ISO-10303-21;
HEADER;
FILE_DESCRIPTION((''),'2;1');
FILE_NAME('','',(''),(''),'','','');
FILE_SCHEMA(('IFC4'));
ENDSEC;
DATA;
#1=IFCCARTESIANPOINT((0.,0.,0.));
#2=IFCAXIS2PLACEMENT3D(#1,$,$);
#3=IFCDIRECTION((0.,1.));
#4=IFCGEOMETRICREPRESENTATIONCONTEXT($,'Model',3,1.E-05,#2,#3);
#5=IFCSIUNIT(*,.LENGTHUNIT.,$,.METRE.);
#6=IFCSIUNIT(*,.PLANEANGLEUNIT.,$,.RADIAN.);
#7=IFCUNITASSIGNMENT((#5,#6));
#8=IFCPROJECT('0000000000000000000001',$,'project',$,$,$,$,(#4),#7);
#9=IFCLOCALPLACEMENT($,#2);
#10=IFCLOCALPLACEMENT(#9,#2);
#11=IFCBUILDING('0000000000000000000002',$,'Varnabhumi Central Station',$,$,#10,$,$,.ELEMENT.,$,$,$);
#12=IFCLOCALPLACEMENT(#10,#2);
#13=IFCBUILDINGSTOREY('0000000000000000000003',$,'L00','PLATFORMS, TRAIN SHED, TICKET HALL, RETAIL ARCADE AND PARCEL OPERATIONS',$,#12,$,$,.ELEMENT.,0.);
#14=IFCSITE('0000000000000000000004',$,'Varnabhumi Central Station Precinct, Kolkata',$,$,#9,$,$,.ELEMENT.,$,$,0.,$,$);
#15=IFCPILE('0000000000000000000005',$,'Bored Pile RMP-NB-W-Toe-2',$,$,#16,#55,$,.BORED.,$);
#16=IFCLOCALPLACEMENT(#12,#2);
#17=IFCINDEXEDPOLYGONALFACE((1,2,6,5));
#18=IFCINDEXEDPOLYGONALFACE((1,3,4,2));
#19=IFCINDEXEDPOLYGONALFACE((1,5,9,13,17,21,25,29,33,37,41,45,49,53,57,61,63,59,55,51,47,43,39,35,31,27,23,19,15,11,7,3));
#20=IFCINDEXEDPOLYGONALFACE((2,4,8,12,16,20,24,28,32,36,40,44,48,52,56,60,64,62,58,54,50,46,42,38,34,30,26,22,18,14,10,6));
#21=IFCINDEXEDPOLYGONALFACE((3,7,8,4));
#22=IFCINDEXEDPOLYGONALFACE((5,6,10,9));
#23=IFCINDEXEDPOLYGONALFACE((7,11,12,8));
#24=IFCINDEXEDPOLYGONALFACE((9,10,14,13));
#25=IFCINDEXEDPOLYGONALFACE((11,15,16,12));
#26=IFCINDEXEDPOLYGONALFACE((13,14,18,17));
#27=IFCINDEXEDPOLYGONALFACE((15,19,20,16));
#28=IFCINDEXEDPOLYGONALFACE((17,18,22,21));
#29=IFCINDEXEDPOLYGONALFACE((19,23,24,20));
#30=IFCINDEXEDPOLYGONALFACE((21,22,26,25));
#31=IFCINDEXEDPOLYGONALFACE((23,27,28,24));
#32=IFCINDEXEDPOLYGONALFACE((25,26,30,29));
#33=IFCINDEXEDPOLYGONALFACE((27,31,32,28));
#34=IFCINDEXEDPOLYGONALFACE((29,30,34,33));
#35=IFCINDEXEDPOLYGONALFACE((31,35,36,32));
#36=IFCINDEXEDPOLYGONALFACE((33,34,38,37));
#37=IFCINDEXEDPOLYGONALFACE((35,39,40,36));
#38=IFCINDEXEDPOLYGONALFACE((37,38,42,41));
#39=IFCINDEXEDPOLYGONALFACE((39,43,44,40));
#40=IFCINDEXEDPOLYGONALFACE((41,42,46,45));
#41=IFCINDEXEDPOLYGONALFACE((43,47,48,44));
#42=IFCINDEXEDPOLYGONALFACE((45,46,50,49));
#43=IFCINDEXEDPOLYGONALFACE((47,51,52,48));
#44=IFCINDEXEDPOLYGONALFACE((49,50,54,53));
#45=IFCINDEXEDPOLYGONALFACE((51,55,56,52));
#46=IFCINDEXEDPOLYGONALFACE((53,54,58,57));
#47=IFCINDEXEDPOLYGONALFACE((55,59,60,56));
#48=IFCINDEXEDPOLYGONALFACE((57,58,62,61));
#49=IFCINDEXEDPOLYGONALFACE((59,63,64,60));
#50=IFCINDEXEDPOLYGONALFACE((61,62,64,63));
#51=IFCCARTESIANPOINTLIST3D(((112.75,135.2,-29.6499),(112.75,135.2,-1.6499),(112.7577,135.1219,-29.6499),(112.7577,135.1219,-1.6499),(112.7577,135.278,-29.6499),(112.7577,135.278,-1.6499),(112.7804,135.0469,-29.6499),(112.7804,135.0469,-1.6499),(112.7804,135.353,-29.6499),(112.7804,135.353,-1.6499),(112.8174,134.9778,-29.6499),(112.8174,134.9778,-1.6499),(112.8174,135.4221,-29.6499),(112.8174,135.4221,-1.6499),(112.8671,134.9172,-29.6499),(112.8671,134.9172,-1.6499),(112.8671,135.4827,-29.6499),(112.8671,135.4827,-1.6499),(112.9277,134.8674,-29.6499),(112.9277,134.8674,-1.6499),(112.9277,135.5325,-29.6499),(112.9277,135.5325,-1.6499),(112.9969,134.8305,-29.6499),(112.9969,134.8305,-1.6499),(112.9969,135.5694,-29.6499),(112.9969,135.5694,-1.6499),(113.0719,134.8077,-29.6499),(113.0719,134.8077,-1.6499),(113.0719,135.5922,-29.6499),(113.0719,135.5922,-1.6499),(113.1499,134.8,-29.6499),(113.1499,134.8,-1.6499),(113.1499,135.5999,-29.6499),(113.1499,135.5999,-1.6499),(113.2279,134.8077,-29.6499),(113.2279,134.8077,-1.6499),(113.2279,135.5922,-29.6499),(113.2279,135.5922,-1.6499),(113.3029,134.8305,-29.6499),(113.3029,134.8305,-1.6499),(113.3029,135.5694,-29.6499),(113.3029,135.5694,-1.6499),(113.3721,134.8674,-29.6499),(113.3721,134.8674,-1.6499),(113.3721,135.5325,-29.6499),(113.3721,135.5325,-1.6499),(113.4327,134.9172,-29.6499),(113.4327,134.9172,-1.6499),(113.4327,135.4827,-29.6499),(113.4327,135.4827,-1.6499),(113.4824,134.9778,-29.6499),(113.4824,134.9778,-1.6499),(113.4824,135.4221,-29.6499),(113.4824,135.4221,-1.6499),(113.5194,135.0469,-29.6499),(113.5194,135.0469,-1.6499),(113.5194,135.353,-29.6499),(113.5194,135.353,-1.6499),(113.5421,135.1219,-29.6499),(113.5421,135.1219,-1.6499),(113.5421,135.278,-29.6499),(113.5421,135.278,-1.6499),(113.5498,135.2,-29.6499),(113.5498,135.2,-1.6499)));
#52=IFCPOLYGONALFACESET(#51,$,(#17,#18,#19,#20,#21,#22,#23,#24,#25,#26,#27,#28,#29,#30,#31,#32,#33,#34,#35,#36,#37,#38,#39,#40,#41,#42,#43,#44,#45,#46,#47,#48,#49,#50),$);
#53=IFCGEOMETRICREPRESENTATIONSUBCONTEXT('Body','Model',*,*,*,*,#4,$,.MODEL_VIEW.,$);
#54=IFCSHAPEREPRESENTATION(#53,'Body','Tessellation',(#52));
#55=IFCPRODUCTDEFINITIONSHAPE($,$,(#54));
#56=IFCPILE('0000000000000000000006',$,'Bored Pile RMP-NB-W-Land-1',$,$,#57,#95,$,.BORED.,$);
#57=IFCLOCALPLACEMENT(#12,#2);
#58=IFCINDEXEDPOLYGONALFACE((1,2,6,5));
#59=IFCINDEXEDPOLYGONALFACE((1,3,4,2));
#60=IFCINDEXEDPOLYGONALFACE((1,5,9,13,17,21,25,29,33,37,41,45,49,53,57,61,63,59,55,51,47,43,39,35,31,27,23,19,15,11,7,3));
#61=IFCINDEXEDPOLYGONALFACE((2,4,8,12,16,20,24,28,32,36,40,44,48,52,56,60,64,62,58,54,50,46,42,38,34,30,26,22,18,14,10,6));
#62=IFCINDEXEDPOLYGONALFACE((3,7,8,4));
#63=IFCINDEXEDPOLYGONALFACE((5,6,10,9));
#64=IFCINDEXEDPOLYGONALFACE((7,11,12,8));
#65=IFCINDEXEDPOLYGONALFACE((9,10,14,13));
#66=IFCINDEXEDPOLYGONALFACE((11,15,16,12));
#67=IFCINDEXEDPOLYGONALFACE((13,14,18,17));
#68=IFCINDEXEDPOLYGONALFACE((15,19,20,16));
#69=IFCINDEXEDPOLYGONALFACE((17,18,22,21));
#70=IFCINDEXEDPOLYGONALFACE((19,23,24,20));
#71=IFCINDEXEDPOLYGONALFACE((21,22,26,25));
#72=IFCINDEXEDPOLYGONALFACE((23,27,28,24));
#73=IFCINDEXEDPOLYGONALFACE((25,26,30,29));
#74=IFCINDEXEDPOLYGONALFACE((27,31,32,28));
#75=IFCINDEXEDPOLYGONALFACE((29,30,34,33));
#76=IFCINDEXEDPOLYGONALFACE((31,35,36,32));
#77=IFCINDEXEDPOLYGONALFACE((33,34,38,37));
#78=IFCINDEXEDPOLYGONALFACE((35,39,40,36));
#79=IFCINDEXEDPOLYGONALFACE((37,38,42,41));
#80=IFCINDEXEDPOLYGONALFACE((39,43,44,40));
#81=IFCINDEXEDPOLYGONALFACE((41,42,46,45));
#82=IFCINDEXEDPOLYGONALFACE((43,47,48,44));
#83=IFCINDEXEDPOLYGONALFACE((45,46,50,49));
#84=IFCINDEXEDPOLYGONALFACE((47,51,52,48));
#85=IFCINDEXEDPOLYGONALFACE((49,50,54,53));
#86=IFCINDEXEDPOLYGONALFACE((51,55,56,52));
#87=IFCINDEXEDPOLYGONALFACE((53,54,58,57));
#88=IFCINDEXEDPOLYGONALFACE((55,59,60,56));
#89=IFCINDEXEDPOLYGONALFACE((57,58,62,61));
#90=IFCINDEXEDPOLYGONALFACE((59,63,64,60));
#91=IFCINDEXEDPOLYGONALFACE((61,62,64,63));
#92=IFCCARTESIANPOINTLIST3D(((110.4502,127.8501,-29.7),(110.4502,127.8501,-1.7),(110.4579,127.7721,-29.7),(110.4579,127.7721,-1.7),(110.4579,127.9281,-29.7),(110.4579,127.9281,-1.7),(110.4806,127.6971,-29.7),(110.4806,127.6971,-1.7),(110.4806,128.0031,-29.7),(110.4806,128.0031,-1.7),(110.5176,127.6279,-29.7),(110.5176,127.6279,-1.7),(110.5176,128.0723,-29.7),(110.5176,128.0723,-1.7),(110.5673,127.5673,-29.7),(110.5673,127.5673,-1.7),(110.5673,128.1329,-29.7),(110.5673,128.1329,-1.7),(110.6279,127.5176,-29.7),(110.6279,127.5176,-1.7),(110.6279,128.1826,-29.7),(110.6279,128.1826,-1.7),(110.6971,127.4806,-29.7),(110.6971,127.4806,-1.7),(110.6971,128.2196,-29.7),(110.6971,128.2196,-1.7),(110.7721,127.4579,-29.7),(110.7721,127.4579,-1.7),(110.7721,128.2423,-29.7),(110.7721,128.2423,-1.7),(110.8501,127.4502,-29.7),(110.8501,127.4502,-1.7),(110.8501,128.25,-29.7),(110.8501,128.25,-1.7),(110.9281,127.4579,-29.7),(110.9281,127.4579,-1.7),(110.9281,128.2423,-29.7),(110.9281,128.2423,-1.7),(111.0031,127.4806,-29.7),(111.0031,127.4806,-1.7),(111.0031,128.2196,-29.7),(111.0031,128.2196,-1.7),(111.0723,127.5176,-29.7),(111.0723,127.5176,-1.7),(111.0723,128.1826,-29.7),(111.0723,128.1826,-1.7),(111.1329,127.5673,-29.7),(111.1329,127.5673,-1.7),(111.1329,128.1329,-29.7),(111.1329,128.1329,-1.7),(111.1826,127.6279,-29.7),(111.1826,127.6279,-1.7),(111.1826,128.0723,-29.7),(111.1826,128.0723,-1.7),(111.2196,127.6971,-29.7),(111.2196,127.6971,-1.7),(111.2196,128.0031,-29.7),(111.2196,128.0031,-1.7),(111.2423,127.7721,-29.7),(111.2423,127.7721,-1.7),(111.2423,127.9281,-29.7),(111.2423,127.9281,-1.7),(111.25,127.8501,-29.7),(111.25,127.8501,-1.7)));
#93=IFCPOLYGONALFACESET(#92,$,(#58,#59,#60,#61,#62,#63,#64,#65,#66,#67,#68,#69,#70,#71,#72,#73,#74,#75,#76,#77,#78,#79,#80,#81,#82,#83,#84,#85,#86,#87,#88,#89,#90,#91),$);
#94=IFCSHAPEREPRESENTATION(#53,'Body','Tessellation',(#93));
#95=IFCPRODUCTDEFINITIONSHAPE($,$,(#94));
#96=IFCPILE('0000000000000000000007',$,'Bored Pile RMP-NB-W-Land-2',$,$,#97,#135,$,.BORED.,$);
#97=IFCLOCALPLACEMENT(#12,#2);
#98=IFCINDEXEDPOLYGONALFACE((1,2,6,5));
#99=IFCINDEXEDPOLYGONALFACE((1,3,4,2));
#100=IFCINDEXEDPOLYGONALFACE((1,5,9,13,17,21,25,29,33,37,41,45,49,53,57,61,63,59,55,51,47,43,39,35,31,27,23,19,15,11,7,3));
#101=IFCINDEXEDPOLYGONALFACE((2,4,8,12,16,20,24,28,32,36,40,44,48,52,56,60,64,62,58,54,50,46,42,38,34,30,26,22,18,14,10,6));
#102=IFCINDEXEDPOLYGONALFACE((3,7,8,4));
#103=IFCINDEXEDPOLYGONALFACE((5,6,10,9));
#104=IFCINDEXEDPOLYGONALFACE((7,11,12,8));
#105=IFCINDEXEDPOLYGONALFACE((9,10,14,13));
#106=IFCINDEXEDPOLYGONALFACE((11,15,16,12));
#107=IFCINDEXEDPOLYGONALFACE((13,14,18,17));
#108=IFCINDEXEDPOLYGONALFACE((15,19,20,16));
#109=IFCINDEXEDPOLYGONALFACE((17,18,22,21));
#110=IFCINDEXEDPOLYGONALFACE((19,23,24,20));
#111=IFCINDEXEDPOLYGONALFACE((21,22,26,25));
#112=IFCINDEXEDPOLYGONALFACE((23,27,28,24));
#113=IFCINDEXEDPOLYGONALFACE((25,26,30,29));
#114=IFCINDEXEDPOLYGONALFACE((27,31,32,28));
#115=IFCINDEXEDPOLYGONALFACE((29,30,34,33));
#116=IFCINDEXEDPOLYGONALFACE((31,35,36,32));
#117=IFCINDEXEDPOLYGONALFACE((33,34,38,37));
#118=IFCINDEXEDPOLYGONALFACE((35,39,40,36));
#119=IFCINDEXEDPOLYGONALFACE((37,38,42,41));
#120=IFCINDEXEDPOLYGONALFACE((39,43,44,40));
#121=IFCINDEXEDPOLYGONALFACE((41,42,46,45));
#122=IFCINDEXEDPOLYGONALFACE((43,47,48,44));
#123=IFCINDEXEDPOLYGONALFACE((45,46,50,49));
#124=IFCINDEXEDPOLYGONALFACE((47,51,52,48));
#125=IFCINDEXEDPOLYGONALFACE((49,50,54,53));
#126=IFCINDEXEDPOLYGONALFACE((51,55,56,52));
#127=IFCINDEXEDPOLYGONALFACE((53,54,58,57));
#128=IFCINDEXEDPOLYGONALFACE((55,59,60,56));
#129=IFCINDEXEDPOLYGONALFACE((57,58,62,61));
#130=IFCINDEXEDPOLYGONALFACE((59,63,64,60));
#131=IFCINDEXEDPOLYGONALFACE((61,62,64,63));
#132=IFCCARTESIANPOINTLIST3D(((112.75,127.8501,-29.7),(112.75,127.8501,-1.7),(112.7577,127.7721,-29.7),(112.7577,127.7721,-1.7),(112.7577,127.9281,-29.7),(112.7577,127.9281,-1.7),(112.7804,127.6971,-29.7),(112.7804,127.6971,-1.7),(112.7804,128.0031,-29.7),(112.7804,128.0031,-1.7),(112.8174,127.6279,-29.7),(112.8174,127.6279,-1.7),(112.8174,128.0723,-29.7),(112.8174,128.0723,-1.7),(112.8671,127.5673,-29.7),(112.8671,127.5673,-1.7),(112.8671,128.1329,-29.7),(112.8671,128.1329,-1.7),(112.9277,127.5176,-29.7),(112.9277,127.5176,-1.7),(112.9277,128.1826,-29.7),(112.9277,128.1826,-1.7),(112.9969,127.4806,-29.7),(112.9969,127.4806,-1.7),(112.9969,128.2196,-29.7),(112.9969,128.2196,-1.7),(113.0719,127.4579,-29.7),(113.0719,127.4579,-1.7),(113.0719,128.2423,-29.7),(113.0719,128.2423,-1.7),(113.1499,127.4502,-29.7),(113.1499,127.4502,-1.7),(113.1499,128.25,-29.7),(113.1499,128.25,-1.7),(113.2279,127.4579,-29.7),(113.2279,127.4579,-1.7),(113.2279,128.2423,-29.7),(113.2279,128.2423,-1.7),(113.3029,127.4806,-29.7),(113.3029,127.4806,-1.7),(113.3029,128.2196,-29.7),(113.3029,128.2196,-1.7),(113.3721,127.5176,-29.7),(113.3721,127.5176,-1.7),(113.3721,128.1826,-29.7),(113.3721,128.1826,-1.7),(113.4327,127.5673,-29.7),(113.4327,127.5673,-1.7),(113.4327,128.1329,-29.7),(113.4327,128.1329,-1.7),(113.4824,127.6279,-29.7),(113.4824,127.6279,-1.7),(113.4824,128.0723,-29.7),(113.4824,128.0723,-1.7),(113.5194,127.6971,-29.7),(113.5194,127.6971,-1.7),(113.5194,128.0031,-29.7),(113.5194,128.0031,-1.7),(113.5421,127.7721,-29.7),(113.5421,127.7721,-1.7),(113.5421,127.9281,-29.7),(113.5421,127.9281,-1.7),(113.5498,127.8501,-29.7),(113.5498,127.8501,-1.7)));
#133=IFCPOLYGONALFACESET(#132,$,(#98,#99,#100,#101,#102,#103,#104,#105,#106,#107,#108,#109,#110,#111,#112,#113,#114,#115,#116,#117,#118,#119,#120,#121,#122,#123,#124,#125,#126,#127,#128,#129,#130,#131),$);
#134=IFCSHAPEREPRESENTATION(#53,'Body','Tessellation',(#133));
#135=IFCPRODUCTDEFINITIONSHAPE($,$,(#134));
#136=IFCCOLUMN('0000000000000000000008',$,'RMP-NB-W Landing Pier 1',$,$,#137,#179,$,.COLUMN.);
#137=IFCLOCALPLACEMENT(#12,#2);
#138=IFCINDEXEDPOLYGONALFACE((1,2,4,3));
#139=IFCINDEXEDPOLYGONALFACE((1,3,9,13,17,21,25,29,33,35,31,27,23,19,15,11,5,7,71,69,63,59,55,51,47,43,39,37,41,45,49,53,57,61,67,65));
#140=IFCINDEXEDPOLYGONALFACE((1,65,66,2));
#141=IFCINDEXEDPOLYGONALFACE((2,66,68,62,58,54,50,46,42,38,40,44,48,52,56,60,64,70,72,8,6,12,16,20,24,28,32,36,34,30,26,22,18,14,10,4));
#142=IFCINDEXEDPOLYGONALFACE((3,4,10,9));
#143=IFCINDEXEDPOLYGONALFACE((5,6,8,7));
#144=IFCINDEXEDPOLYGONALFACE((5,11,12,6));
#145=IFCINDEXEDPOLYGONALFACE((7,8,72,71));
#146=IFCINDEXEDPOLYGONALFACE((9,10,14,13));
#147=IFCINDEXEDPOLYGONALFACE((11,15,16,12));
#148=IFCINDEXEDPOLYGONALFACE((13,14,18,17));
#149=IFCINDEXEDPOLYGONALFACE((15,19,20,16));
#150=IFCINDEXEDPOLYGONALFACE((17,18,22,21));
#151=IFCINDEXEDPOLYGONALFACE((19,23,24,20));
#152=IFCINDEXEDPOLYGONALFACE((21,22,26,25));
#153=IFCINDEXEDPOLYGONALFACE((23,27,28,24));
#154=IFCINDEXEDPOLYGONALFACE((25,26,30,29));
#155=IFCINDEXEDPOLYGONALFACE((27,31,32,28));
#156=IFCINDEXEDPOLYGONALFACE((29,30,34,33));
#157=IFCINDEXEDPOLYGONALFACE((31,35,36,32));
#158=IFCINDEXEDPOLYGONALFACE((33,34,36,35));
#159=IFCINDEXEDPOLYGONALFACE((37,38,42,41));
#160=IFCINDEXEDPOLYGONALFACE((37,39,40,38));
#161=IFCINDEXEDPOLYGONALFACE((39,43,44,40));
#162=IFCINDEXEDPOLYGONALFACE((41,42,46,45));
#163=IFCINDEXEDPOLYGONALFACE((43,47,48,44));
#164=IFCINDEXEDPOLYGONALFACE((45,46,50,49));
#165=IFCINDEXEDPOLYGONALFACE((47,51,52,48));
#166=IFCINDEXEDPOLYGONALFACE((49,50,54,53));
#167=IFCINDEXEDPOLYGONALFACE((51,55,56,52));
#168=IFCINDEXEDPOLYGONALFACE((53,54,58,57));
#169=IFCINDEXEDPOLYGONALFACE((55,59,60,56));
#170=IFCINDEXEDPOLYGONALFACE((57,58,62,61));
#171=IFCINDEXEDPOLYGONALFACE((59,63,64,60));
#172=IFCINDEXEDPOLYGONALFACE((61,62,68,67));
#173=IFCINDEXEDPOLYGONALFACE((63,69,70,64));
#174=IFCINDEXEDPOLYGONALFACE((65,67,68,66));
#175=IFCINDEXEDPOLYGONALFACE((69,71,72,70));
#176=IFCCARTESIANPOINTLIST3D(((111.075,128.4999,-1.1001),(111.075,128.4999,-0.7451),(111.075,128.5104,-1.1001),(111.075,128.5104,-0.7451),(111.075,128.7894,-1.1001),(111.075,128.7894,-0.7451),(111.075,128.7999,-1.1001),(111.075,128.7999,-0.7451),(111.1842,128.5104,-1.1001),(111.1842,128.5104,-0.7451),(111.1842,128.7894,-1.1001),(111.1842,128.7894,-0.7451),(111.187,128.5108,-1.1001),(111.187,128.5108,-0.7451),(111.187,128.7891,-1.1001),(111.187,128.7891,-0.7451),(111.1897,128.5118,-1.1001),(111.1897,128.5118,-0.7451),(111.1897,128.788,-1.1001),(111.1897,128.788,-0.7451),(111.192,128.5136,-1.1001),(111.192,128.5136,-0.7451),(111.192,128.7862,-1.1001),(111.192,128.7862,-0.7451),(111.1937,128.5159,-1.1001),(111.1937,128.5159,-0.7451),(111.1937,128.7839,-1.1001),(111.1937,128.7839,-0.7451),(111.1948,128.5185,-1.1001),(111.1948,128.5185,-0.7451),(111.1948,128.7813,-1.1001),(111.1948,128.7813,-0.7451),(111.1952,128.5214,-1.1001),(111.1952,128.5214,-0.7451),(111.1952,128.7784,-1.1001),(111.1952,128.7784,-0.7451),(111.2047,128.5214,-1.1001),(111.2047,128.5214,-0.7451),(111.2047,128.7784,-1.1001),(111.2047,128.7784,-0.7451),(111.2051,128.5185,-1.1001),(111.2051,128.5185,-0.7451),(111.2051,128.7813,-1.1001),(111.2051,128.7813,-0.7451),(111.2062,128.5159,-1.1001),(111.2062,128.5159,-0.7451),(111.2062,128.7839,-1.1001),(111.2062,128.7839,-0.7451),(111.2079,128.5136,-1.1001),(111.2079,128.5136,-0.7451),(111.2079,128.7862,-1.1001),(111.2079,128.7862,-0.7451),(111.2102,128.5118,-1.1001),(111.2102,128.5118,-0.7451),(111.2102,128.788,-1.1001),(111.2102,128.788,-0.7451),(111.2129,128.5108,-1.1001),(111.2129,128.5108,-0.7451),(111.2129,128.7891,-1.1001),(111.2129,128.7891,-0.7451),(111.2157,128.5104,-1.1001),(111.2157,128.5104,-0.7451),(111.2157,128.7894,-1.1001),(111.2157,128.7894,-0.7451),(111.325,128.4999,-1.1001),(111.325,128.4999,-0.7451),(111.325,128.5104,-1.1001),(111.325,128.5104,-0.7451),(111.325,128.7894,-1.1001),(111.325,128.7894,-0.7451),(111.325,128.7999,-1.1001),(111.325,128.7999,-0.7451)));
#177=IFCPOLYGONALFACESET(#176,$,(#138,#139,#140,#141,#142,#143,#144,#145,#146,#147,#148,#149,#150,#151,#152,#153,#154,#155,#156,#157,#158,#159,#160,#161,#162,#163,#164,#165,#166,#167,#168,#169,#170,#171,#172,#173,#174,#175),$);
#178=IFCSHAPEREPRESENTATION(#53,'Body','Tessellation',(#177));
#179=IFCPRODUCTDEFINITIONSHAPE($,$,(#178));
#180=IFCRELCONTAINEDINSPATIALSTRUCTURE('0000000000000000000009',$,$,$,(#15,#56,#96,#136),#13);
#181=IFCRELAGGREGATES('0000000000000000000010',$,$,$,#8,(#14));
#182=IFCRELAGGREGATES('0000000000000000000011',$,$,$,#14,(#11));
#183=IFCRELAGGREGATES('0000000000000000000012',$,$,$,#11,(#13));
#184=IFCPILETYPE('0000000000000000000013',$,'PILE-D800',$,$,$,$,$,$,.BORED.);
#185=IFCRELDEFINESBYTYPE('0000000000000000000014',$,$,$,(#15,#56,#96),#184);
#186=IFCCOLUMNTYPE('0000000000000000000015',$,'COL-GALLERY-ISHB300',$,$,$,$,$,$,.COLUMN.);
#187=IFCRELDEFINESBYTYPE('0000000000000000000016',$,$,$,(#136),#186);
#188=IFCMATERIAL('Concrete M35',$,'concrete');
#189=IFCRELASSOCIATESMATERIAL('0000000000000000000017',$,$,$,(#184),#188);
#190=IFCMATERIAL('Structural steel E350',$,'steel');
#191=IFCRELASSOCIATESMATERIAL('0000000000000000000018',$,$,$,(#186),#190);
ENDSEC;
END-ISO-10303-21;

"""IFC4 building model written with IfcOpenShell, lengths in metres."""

from ifc_helpers import new_model, si_unit, direction, frame, origin, origin_2d, place, context, subcontext, project, spatial, circle, i_section, extrude, material, material_profile, profile_set, type_object, element, save


model = new_model("IFC4")

# Units and contexts
model_context = context("Model", 3, precision=1e-05, world=origin(), true_north=direction((0.0, 1.0)))
body_context = subcontext(model_context, "Body", "Model", "MODEL_VIEW")
ifc_project = project(units=[si_unit("LENGTHUNIT", "METRE"), si_unit("PLANEANGLEUNIT", "RADIAN")], contexts=[model_context])

# Site, building, storey
site_placement = place(None, origin())
site = spatial("IfcSite", under=ifc_project, at=site_placement, Name="Varnabhumi Central Station Precinct, Kolkata", CompositionType="ELEMENT", RefElevation=0.0)
building_placement = place(site_placement, origin())
building = spatial("IfcBuilding", under=site, at=building_placement, Name="Varnabhumi Central Station", CompositionType="ELEMENT")
storey_placement = place(building_placement, origin())
storey = spatial("IfcBuildingStorey", under=building, at=storey_placement, Name="L00", Description="PLATFORMS, TRAIN SHED, TICKET HALL, RETAIL ARCADE AND PARCEL OPERATIONS", CompositionType="ELEMENT", Elevation=0.0)

# Piles
ifc_material_1 = material(Name="Concrete M35", Category="concrete")
ifc_material_profile_1 = material_profile(ifc_material_1, circle(Radius=0.3999, at=origin_2d()), Name="Concrete M35", Category="concrete")
ifc_profile_set_1 = profile_set([ifc_material_profile_1], Name="Concrete M35")
pile_type = type_object("IfcPileType", Name="PILE-D800", PredefinedType="BORED", material=ifc_profile_set_1)
for number, where, z_axis, x_axis, name in (
    (1, (113.1499, 135.2, -1.6499), (0.0, 0.0, -1.0), (1.0, 0.0, 0.0), "Bored Pile RMP-NB-W-Toe-2"),
    (2, (110.8501, 127.8501, -1.7), (0.0, 0.0, -1.0), (1.0, 0.0, 0.0), "Bored Pile RMP-NB-W-Land-1"),
    (3, (113.1499, 127.8501, -1.7), (0.0, 0.0, -1.0), (1.0, 0.0, 0.0), "Bored Pile RMP-NB-W-Land-2"),
):
    element("IfcPile", number, at=place(storey_placement, frame(where, z_axis=z_axis, x_axis=x_axis)), inside=storey, type_object=pile_type, Name=name, PredefinedType="BORED", context=body_context, shape_type="SweptSolid", body=[
        extrude(circle(Radius=0.3999, at=origin_2d()), origin(), (0.0, 0.0, 1.0), 28.0),
    ])

# Column
ifc_material_2 = material(Name="Structural steel E350", Category="steel")
ifc_material_profile_2 = material_profile(ifc_material_2, i_section(OverallWidth=0.25, OverallDepth=0.3, WebThickness=0.0095, FlangeThickness=0.0105, FilletRadius=0.011, at=origin_2d()), Name="Structural steel E350", Category="steel")
ifc_profile_set_2 = profile_set([ifc_material_profile_2], Name="Structural steel E350")
column_type_1 = type_object("IfcColumnType", Name="COL-GALLERY-ISHB300", PredefinedType="COLUMN", material=ifc_profile_set_2)
for number, where, z_axis, x_axis, name in (
    (4, (111.2, 128.6499, -1.1001), (0.0, 0.0, 1.0), (1.0, 0.0, 0.0), "RMP-NB-W Landing Pier 1"),
):
    element("IfcColumn", number, at=place(storey_placement, frame(where, z_axis=z_axis, x_axis=x_axis)), inside=storey, type_object=column_type_1, Name=name, PredefinedType="COLUMN", context=body_context, shape_type="SweptSolid", body=[
        extrude(i_section(OverallWidth=0.25, OverallDepth=0.3, WebThickness=0.0095, FlangeThickness=0.0105, FilletRadius=0.011, at=origin_2d()), origin(), (0.0, 0.0, 1.0), 0.355),
    ])

save(model, "model.ifc")
